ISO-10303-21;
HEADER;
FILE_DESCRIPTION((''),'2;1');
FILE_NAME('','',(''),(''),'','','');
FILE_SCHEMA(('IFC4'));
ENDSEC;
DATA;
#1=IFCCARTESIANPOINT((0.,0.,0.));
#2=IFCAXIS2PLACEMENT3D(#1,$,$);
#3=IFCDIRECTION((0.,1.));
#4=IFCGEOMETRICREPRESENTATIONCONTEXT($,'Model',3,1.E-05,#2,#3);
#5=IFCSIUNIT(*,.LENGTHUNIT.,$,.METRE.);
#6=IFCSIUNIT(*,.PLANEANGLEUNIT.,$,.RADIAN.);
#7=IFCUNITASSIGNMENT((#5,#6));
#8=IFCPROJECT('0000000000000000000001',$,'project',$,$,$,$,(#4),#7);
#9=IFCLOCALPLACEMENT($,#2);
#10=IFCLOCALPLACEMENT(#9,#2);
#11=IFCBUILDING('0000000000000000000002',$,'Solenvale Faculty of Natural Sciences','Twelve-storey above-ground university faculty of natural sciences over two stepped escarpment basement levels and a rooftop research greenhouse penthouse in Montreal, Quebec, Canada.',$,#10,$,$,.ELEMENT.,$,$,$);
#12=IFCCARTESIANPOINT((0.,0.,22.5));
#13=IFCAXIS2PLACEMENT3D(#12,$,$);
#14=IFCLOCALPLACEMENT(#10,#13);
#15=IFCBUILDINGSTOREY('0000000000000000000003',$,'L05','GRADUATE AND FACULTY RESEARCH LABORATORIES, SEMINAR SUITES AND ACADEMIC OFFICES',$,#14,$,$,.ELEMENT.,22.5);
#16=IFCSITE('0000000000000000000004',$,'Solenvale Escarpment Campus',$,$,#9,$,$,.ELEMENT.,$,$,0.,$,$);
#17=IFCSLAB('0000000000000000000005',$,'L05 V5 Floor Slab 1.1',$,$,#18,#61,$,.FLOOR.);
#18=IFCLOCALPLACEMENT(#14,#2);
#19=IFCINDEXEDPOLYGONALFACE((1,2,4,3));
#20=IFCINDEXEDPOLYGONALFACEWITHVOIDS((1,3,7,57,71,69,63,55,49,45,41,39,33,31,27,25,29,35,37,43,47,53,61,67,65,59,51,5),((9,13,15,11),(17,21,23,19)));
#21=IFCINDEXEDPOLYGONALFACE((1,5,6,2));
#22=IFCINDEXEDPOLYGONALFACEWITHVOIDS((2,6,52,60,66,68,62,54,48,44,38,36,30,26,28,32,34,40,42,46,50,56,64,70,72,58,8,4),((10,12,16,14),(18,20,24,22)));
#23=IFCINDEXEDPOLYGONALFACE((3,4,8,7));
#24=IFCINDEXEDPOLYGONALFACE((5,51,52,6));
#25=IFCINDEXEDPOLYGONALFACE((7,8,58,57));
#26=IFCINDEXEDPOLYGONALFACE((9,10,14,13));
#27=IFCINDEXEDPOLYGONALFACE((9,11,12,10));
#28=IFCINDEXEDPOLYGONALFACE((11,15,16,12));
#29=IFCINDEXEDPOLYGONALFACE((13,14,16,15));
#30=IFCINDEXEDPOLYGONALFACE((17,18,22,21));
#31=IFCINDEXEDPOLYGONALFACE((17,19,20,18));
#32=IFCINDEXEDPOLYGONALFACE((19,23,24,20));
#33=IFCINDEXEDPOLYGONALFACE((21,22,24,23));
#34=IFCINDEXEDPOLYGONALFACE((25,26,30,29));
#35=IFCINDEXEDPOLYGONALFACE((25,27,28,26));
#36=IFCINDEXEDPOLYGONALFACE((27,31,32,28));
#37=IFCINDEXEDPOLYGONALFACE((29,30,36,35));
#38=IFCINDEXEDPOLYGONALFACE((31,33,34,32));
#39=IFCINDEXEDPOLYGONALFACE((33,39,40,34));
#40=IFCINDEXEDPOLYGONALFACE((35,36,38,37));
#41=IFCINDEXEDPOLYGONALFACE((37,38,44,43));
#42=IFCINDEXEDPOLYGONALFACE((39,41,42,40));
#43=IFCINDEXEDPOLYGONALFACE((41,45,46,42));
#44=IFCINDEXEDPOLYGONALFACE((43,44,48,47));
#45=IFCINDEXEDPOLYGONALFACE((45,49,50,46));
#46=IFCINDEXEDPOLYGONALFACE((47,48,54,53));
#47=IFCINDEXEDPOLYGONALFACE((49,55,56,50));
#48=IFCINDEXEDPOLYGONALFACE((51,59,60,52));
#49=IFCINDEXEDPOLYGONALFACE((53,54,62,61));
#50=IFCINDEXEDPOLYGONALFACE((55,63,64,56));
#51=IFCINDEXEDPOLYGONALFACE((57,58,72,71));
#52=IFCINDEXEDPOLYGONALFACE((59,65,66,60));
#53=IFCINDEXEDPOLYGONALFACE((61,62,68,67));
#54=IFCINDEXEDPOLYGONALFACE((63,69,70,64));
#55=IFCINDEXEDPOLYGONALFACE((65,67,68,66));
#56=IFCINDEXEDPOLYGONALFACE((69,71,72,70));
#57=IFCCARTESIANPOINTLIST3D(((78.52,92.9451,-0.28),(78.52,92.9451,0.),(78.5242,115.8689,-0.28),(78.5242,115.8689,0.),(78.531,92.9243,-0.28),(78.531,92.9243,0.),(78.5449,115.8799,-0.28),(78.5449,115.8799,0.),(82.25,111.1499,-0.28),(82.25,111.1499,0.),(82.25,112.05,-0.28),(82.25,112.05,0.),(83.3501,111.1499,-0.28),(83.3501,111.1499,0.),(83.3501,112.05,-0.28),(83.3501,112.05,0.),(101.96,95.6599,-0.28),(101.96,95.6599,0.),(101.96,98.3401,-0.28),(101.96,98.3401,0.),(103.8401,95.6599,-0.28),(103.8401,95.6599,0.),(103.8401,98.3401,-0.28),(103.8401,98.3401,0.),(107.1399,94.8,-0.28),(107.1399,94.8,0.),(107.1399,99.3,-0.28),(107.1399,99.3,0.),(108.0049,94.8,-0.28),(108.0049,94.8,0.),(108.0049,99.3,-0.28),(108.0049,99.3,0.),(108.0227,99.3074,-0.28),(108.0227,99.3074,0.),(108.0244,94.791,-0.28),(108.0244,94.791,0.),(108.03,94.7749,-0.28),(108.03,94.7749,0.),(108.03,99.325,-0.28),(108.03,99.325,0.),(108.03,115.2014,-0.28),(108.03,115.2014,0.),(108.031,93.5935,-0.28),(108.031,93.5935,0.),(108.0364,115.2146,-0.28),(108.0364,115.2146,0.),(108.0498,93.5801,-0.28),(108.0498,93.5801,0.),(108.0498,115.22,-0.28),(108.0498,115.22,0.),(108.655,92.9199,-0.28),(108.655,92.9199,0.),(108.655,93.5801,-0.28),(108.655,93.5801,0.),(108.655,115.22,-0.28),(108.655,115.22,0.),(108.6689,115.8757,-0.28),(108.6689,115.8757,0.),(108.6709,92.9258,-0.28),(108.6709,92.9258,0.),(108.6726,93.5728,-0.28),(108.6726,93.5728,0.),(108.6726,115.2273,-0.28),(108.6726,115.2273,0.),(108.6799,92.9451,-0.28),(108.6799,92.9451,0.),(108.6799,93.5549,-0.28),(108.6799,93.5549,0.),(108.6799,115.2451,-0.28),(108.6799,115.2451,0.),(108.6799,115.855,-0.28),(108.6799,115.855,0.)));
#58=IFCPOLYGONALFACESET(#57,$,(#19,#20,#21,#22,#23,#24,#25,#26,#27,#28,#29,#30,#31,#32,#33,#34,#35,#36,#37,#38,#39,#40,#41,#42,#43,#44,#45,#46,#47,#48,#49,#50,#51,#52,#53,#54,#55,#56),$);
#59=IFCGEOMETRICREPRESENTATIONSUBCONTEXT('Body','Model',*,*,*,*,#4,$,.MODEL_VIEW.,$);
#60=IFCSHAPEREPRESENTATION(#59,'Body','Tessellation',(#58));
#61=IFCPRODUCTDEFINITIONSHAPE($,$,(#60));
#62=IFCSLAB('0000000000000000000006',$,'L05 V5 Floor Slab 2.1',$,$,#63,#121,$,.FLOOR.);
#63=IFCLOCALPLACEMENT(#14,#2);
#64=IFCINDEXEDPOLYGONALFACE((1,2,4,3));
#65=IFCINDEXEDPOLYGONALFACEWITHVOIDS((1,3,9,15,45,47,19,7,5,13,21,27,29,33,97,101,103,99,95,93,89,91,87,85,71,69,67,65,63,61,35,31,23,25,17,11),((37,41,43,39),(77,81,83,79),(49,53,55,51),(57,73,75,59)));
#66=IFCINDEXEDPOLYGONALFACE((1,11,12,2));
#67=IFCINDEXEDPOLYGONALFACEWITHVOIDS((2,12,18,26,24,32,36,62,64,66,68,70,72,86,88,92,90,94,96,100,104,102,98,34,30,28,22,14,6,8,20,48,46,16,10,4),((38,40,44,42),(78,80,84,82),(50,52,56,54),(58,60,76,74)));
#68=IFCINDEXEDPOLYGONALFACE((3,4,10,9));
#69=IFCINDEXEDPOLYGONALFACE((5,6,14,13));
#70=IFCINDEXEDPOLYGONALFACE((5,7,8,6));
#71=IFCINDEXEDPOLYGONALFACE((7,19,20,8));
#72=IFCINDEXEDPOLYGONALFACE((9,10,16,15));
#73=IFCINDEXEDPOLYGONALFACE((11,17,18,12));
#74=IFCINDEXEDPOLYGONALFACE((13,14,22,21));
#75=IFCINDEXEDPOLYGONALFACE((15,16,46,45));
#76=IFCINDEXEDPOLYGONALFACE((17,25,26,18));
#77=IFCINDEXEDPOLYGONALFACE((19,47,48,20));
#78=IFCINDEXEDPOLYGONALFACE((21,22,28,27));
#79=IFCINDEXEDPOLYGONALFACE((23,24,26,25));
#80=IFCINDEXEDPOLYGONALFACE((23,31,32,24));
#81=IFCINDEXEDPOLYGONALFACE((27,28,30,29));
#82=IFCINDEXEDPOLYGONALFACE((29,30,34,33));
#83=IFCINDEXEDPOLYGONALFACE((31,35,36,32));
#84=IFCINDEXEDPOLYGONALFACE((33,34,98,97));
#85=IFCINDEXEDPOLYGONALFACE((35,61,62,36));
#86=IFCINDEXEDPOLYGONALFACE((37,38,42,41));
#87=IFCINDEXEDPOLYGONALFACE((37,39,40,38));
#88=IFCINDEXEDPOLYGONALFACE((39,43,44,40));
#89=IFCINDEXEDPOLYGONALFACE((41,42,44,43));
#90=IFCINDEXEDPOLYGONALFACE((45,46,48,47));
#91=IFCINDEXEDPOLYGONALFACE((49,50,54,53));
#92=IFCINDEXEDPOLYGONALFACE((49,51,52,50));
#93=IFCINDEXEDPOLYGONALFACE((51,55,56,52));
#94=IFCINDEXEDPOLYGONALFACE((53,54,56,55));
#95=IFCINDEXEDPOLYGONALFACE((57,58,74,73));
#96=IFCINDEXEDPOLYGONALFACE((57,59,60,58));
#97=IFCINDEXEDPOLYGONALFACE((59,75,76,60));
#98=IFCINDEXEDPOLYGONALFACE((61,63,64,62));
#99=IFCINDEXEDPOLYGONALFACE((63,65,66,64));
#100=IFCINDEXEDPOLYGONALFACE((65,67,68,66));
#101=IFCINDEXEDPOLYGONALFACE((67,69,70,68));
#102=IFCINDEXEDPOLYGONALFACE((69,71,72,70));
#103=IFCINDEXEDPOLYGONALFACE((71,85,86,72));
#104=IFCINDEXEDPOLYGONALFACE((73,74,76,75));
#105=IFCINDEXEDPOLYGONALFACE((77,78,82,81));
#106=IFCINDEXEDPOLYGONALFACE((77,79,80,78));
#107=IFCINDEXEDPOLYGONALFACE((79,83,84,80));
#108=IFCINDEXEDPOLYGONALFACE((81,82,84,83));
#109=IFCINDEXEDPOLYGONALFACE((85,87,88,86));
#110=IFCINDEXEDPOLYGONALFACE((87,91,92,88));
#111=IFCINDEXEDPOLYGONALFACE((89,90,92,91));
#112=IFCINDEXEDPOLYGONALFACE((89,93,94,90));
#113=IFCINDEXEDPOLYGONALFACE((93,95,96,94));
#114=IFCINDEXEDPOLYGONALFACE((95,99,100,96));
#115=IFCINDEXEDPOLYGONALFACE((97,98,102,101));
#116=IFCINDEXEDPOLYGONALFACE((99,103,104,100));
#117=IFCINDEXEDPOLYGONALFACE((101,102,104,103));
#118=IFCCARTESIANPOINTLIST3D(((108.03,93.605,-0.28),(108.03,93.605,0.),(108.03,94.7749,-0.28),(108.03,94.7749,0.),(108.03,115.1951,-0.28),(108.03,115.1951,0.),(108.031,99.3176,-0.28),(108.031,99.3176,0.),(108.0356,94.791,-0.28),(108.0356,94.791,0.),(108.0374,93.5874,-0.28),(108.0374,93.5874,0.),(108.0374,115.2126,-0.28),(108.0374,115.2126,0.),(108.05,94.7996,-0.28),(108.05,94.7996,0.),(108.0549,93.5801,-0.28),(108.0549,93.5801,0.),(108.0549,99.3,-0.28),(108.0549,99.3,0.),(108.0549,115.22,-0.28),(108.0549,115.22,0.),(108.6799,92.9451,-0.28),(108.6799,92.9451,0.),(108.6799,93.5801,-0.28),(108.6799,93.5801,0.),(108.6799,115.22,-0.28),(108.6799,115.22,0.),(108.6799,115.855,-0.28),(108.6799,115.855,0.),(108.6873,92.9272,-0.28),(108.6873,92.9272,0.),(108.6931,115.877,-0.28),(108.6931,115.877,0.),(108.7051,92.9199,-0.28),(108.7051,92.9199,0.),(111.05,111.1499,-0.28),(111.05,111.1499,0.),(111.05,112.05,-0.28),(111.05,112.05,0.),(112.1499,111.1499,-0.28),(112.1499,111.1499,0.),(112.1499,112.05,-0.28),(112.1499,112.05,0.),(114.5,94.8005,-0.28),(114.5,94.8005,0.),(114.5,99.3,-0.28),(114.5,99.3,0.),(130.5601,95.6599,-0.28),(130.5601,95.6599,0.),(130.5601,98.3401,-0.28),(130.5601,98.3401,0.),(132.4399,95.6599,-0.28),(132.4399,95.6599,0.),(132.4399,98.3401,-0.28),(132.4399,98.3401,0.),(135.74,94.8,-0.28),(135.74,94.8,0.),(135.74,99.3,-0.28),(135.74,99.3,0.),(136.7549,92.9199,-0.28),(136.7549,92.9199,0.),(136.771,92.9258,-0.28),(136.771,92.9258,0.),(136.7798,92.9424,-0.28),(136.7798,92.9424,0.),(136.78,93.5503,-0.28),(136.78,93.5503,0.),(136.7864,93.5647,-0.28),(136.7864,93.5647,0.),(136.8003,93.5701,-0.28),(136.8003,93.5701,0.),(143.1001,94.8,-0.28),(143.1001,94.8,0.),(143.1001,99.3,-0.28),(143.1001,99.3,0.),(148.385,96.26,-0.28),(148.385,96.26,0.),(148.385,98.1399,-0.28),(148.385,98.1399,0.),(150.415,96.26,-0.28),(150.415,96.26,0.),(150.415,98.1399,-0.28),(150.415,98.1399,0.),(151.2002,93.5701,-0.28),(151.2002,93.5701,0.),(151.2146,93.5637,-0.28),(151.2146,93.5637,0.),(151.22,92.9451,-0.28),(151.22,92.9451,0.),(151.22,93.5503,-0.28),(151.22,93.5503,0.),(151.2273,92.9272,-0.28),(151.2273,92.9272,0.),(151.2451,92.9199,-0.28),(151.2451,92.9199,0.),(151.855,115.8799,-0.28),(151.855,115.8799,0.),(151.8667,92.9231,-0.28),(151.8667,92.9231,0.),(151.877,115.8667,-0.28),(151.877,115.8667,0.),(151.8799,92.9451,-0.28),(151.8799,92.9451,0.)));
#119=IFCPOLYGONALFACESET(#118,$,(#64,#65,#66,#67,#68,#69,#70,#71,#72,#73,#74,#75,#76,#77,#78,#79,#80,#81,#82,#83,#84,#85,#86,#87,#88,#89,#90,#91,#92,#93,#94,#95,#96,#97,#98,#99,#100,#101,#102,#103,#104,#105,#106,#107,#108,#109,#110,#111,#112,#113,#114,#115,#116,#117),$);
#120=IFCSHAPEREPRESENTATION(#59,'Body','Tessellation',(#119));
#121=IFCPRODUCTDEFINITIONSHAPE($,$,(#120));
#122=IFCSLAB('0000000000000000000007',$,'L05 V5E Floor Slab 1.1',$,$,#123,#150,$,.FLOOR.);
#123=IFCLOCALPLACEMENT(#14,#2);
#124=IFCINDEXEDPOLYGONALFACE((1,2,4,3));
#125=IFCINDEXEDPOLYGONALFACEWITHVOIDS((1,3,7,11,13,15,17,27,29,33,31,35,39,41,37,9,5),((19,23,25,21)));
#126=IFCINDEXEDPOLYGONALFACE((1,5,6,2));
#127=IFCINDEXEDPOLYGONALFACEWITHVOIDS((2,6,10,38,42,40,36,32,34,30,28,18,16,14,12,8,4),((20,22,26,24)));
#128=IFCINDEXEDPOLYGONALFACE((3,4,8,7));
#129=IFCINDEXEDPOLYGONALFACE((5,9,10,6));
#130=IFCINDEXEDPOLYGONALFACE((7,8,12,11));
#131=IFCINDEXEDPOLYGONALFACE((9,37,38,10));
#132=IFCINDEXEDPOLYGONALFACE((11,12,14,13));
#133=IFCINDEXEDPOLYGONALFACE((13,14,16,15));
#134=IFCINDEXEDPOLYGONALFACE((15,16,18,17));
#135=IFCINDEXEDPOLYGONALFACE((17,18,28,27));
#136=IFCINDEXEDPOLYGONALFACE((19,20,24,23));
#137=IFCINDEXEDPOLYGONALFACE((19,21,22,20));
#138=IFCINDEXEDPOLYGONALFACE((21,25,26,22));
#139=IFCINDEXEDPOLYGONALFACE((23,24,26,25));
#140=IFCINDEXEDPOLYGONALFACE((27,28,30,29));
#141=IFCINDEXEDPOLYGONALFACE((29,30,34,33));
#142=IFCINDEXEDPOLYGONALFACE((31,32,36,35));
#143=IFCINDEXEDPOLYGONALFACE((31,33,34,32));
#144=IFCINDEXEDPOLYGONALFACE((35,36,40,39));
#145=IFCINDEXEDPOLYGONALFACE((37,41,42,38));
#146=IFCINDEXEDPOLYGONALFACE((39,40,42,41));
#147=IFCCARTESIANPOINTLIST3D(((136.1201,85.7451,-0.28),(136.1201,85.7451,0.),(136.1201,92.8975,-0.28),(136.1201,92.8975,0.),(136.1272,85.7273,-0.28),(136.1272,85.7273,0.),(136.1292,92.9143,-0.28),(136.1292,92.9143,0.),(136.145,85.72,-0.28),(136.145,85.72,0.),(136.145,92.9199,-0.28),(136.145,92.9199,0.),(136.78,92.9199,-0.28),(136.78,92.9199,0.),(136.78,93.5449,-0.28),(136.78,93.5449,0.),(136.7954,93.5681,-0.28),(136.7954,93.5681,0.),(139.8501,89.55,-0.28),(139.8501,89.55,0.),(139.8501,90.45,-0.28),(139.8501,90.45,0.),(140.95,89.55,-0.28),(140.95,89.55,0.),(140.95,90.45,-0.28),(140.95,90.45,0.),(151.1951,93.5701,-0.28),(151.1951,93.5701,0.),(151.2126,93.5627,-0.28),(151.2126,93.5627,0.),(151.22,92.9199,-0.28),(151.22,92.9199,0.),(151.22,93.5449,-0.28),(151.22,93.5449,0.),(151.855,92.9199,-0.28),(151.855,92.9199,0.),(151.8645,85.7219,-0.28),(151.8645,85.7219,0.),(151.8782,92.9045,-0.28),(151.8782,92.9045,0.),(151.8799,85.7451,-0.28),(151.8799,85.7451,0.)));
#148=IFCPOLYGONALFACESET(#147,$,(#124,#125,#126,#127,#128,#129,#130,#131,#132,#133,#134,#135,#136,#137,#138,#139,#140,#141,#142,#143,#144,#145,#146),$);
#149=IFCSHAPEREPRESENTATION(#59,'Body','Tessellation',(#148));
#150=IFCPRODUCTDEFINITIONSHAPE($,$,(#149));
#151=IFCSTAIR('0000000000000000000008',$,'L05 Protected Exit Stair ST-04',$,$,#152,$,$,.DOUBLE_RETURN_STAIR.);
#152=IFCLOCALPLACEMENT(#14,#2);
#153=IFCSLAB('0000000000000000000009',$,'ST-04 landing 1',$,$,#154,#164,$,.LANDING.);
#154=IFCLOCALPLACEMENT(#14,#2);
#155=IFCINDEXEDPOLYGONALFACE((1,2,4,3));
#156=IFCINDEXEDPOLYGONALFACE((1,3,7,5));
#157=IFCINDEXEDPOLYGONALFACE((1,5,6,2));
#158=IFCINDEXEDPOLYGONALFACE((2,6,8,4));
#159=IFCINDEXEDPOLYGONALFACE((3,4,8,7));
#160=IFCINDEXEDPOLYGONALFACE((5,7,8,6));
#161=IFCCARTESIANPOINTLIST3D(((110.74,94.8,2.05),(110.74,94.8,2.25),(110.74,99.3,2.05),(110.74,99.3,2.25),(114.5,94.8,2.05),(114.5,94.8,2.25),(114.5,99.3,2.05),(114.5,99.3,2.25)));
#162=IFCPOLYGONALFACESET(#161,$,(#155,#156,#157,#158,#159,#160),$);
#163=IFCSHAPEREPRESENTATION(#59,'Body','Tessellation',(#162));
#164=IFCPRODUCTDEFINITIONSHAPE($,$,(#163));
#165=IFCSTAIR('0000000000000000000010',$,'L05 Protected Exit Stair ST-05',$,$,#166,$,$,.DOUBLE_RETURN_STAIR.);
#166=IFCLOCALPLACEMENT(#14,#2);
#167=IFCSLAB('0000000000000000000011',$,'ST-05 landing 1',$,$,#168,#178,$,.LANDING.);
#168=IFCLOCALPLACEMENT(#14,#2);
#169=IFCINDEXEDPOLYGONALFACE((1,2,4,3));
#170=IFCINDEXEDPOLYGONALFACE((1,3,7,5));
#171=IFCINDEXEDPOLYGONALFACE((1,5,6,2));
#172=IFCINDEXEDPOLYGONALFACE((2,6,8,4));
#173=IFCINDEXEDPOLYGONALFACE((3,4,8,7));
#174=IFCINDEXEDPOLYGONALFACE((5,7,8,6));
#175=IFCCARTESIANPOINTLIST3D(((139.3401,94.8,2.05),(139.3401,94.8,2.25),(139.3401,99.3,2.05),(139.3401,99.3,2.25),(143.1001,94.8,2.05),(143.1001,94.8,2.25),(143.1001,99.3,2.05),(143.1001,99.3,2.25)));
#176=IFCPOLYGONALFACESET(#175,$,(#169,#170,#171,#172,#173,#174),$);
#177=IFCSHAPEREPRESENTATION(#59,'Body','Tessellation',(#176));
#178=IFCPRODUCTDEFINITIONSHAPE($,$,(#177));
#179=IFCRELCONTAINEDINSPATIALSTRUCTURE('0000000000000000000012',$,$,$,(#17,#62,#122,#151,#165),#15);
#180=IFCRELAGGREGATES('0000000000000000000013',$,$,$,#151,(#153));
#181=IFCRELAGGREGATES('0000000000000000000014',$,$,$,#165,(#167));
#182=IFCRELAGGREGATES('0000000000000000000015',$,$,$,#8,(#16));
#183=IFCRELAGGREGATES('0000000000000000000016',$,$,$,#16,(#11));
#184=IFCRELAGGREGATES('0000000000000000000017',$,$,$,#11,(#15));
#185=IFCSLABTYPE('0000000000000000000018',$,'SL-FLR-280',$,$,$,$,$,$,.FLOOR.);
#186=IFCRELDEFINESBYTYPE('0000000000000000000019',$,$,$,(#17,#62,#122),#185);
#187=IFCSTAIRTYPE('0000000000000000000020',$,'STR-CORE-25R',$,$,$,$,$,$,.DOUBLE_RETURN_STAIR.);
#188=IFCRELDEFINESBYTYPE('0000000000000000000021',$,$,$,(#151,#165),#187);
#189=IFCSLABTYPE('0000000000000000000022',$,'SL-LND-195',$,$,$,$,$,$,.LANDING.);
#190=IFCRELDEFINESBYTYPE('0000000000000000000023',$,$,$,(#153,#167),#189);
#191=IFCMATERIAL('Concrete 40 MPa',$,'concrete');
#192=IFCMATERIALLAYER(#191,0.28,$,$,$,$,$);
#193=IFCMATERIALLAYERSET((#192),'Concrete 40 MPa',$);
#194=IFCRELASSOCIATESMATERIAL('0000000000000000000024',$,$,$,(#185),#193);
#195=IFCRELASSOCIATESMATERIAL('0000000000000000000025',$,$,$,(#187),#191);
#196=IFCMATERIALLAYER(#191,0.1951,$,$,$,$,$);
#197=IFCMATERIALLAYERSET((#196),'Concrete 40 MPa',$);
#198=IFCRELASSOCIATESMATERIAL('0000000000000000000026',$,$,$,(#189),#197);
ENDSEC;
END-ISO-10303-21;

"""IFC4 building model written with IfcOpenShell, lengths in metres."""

from ifc_helpers import new_model, si_unit, direction, frame, origin, place, context, subcontext, project, spatial, polyline, outline, extrude, material, layer, layer_set, type_object, element, aggregate, save


model = new_model("IFC4")

# Units and contexts
model_context = context("Model", 3, precision=1e-05, world=origin(), true_north=direction((0.0, 1.0)))
body_context = subcontext(model_context, "Body", "Model", "MODEL_VIEW")
ifc_project = project(units=[si_unit("LENGTHUNIT", "METRE"), si_unit("PLANEANGLEUNIT", "RADIAN")], contexts=[model_context])

# Site, building, storey
site_placement = place(None, origin())
site = spatial("IfcSite", under=ifc_project, at=site_placement, Name="Solenvale Escarpment Campus", CompositionType="ELEMENT", RefElevation=0.0)
building_placement = place(site_placement, origin())
building = spatial("IfcBuilding", under=site, at=building_placement, Name="Solenvale Faculty of Natural Sciences", Description="Twelve-storey above-ground university faculty of natural sciences over two stepped escarpment basement levels and a rooftop research greenhouse penthouse in Montreal, Quebec, Canada.", CompositionType="ELEMENT")
storey_placement = place(building_placement, frame((0.0, 0.0, 22.5)))
storey = spatial("IfcBuildingStorey", under=building, at=storey_placement, Name="L05", Description="GRADUATE AND FACULTY RESEARCH LABORATORIES, SEMINAR SUITES AND ACADEMIC OFFICES", CompositionType="ELEMENT", Elevation=22.5)

# Slabs
ifc_material_1 = material(Name="Concrete 40 MPa", Category="concrete")
ifc_layer_1 = layer(ifc_material_1, 0.28)
ifc_layer_set_1 = layer_set([ifc_layer_1], Name="Concrete 40 MPa")
slab_type_1 = type_object("IfcSlabType", Name="SL-FLR-280", PredefinedType="FLOOR", material=ifc_layer_set_1)
slab_1_placement = place(storey_placement, frame((0.0, 0.0, -0.28)))
element("IfcSlab", 1, at=slab_1_placement, inside=storey, type_object=slab_type_1, Name="L05 V5 Floor Slab 1.1", PredefinedType="FLOOR", context=body_context, shape_type="SweptSolid", body=[
    extrude(outline(polyline([(107.1399, 94.8), (108.0049, 94.8), (108.0244, 94.791), (108.03, 94.7749), (108.031, 93.5935), (108.0498, 93.5801), (108.655, 93.5801), (108.6726, 93.5728), (108.6799, 93.5549), (108.6799, 92.9451), (108.6709, 92.9258), (108.655, 92.9199), (78.531, 92.9243), (78.52, 92.9451), (78.5242, 115.8689), (78.5449, 115.8799), (108.6689, 115.8757), (108.6799, 115.855), (108.6799, 115.2451), (108.6726, 115.2273), (108.655, 115.22), (108.0498, 115.22), (108.0364, 115.2146), (108.03, 115.2014), (108.03, 99.325), (108.0227, 99.3074), (108.0049, 99.3), (107.1399, 99.3), (107.1399, 94.8)]), holes=[polyline([(101.96, 95.6599), (103.8401, 95.6599), (103.8401, 98.3401), (101.96, 98.3401), (101.96, 95.6599)]), polyline([(82.25, 111.1499), (83.3501, 111.1499), (83.3501, 112.05), (82.25, 112.05), (82.25, 111.1499)])]), origin(), (0.0, 0.0, 1.0), 0.28),
])
slab_2_placement = place(storey_placement, frame((0.0, 0.0, -0.28)))
element("IfcSlab", 2, at=slab_2_placement, inside=storey, type_object=slab_type_1, Name="L05 V5 Floor Slab 2.1", PredefinedType="FLOOR", context=body_context, shape_type="SweptSolid", body=[
    extrude(outline(polyline([(108.0549, 93.5801), (108.0374, 93.5874), (108.03, 93.605), (108.03, 94.7749), (108.0356, 94.791), (108.05, 94.7996), (114.5, 94.8005), (114.5, 99.3), (108.0549, 99.3), (108.031, 99.3176), (108.03, 115.1951), (108.0374, 115.2126), (108.0549, 115.22), (108.6799, 115.22), (108.6799, 115.855), (108.6931, 115.877), (151.855, 115.8799), (151.877, 115.8667), (151.8799, 92.9451), (151.8667, 92.9231), (151.2451, 92.9199), (151.2273, 92.9272), (151.22, 92.9451), (151.22, 93.5503), (151.2146, 93.5637), (151.2002, 93.5701), (136.8003, 93.5701), (136.7864, 93.5647), (136.78, 93.5503), (136.7798, 92.9424), (136.771, 92.9258), (136.7549, 92.9199), (108.7051, 92.9199), (108.6873, 92.9272), (108.6799, 92.9451), (108.6799, 93.5801), (108.0549, 93.5801)]), holes=[polyline([(148.385, 96.26), (150.415, 96.26), (150.415, 98.1399), (148.385, 98.1399), (148.385, 96.26)]), polyline([(135.74, 94.8), (143.1001, 94.8), (143.1001, 99.3), (135.74, 99.3), (135.74, 94.8)]), polyline([(130.5601, 95.6599), (132.4399, 95.6599), (132.4399, 98.3401), (130.5601, 98.3401), (130.5601, 95.6599)]), polyline([(111.05, 111.1499), (112.1499, 111.1499), (112.1499, 112.05), (111.05, 112.05), (111.05, 111.1499)])]), origin(), (0.0, 0.0, 1.0), 0.28),
])
slab_3_placement = place(storey_placement, frame((0.0, 0.0, -0.28)))
element("IfcSlab", 3, at=slab_3_placement, inside=storey, type_object=slab_type_1, Name="L05 V5E Floor Slab 1.1", PredefinedType="FLOOR", context=body_context, shape_type="SweptSolid", body=[
    extrude(outline(polyline([(136.145, 85.72), (136.1272, 85.7273), (136.1201, 85.7451), (136.1201, 92.8975), (136.1292, 92.9143), (136.145, 92.9199), (136.78, 92.9199), (136.78, 93.5449), (136.7954, 93.5681), (151.1951, 93.5701), (151.2126, 93.5627), (151.22, 93.5449), (151.22, 92.9199), (151.855, 92.9199), (151.8782, 92.9045), (151.8799, 85.7451), (151.8645, 85.7219), (136.145, 85.72)]), holes=[polyline([(139.8501, 89.55), (140.95, 89.55), (140.95, 90.45), (139.8501, 90.45), (139.8501, 89.55)])]), origin(), (0.0, 0.0, 1.0), 0.28),
])

# Stairs, slabs
stair_type = type_object("IfcStairType", Name="STR-CORE-25R", PredefinedType="DOUBLE_RETURN_STAIR", material=ifc_material_1)
stair_1_placement = place(storey_placement, origin())
stair_1 = element("IfcStair", 4, at=stair_1_placement, inside=storey, type_object=stair_type, Name="L05 Protected Exit Stair ST-04", PredefinedType="DOUBLE_RETURN_STAIR")
ifc_layer_2 = layer(ifc_material_1, 0.1951)
ifc_layer_set_2 = layer_set([ifc_layer_2], Name="Concrete 40 MPa")
slab_type_2 = type_object("IfcSlabType", Name="SL-LND-195", PredefinedType="LANDING", material=ifc_layer_set_2)
slab_4_placement = place(storey_placement, frame((0.0, 0.0, 2.05)))
slab_4 = element("IfcSlab", 5, at=slab_4_placement, type_object=slab_type_2, Name="ST-04 landing 1", PredefinedType="LANDING", context=body_context, shape_type="SweptSolid", body=[
    extrude(outline(polyline([(110.74, 94.8), (114.5, 94.8), (114.5, 99.3), (110.74, 99.3), (110.74, 94.8)])), origin(), (0.0, 0.0, 1.0), 0.2),
])
aggregate(stair_1, [slab_4])
stair_2_placement = place(storey_placement, origin())
stair_2 = element("IfcStair", 6, at=stair_2_placement, inside=storey, type_object=stair_type, Name="L05 Protected Exit Stair ST-05", PredefinedType="DOUBLE_RETURN_STAIR")
slab_5_placement = place(storey_placement, frame((0.0, 0.0, 2.05)))
slab_5 = element("IfcSlab", 7, at=slab_5_placement, type_object=slab_type_2, Name="ST-05 landing 1", PredefinedType="LANDING", context=body_context, shape_type="SweptSolid", body=[
    extrude(outline(polyline([(139.3401, 94.8), (143.1001, 94.8), (143.1001, 99.3), (139.3401, 99.3), (139.3401, 94.8)])), origin(), (0.0, 0.0, 1.0), 0.2),
])
aggregate(stair_2, [slab_5])

save(model, "model.ifc")
